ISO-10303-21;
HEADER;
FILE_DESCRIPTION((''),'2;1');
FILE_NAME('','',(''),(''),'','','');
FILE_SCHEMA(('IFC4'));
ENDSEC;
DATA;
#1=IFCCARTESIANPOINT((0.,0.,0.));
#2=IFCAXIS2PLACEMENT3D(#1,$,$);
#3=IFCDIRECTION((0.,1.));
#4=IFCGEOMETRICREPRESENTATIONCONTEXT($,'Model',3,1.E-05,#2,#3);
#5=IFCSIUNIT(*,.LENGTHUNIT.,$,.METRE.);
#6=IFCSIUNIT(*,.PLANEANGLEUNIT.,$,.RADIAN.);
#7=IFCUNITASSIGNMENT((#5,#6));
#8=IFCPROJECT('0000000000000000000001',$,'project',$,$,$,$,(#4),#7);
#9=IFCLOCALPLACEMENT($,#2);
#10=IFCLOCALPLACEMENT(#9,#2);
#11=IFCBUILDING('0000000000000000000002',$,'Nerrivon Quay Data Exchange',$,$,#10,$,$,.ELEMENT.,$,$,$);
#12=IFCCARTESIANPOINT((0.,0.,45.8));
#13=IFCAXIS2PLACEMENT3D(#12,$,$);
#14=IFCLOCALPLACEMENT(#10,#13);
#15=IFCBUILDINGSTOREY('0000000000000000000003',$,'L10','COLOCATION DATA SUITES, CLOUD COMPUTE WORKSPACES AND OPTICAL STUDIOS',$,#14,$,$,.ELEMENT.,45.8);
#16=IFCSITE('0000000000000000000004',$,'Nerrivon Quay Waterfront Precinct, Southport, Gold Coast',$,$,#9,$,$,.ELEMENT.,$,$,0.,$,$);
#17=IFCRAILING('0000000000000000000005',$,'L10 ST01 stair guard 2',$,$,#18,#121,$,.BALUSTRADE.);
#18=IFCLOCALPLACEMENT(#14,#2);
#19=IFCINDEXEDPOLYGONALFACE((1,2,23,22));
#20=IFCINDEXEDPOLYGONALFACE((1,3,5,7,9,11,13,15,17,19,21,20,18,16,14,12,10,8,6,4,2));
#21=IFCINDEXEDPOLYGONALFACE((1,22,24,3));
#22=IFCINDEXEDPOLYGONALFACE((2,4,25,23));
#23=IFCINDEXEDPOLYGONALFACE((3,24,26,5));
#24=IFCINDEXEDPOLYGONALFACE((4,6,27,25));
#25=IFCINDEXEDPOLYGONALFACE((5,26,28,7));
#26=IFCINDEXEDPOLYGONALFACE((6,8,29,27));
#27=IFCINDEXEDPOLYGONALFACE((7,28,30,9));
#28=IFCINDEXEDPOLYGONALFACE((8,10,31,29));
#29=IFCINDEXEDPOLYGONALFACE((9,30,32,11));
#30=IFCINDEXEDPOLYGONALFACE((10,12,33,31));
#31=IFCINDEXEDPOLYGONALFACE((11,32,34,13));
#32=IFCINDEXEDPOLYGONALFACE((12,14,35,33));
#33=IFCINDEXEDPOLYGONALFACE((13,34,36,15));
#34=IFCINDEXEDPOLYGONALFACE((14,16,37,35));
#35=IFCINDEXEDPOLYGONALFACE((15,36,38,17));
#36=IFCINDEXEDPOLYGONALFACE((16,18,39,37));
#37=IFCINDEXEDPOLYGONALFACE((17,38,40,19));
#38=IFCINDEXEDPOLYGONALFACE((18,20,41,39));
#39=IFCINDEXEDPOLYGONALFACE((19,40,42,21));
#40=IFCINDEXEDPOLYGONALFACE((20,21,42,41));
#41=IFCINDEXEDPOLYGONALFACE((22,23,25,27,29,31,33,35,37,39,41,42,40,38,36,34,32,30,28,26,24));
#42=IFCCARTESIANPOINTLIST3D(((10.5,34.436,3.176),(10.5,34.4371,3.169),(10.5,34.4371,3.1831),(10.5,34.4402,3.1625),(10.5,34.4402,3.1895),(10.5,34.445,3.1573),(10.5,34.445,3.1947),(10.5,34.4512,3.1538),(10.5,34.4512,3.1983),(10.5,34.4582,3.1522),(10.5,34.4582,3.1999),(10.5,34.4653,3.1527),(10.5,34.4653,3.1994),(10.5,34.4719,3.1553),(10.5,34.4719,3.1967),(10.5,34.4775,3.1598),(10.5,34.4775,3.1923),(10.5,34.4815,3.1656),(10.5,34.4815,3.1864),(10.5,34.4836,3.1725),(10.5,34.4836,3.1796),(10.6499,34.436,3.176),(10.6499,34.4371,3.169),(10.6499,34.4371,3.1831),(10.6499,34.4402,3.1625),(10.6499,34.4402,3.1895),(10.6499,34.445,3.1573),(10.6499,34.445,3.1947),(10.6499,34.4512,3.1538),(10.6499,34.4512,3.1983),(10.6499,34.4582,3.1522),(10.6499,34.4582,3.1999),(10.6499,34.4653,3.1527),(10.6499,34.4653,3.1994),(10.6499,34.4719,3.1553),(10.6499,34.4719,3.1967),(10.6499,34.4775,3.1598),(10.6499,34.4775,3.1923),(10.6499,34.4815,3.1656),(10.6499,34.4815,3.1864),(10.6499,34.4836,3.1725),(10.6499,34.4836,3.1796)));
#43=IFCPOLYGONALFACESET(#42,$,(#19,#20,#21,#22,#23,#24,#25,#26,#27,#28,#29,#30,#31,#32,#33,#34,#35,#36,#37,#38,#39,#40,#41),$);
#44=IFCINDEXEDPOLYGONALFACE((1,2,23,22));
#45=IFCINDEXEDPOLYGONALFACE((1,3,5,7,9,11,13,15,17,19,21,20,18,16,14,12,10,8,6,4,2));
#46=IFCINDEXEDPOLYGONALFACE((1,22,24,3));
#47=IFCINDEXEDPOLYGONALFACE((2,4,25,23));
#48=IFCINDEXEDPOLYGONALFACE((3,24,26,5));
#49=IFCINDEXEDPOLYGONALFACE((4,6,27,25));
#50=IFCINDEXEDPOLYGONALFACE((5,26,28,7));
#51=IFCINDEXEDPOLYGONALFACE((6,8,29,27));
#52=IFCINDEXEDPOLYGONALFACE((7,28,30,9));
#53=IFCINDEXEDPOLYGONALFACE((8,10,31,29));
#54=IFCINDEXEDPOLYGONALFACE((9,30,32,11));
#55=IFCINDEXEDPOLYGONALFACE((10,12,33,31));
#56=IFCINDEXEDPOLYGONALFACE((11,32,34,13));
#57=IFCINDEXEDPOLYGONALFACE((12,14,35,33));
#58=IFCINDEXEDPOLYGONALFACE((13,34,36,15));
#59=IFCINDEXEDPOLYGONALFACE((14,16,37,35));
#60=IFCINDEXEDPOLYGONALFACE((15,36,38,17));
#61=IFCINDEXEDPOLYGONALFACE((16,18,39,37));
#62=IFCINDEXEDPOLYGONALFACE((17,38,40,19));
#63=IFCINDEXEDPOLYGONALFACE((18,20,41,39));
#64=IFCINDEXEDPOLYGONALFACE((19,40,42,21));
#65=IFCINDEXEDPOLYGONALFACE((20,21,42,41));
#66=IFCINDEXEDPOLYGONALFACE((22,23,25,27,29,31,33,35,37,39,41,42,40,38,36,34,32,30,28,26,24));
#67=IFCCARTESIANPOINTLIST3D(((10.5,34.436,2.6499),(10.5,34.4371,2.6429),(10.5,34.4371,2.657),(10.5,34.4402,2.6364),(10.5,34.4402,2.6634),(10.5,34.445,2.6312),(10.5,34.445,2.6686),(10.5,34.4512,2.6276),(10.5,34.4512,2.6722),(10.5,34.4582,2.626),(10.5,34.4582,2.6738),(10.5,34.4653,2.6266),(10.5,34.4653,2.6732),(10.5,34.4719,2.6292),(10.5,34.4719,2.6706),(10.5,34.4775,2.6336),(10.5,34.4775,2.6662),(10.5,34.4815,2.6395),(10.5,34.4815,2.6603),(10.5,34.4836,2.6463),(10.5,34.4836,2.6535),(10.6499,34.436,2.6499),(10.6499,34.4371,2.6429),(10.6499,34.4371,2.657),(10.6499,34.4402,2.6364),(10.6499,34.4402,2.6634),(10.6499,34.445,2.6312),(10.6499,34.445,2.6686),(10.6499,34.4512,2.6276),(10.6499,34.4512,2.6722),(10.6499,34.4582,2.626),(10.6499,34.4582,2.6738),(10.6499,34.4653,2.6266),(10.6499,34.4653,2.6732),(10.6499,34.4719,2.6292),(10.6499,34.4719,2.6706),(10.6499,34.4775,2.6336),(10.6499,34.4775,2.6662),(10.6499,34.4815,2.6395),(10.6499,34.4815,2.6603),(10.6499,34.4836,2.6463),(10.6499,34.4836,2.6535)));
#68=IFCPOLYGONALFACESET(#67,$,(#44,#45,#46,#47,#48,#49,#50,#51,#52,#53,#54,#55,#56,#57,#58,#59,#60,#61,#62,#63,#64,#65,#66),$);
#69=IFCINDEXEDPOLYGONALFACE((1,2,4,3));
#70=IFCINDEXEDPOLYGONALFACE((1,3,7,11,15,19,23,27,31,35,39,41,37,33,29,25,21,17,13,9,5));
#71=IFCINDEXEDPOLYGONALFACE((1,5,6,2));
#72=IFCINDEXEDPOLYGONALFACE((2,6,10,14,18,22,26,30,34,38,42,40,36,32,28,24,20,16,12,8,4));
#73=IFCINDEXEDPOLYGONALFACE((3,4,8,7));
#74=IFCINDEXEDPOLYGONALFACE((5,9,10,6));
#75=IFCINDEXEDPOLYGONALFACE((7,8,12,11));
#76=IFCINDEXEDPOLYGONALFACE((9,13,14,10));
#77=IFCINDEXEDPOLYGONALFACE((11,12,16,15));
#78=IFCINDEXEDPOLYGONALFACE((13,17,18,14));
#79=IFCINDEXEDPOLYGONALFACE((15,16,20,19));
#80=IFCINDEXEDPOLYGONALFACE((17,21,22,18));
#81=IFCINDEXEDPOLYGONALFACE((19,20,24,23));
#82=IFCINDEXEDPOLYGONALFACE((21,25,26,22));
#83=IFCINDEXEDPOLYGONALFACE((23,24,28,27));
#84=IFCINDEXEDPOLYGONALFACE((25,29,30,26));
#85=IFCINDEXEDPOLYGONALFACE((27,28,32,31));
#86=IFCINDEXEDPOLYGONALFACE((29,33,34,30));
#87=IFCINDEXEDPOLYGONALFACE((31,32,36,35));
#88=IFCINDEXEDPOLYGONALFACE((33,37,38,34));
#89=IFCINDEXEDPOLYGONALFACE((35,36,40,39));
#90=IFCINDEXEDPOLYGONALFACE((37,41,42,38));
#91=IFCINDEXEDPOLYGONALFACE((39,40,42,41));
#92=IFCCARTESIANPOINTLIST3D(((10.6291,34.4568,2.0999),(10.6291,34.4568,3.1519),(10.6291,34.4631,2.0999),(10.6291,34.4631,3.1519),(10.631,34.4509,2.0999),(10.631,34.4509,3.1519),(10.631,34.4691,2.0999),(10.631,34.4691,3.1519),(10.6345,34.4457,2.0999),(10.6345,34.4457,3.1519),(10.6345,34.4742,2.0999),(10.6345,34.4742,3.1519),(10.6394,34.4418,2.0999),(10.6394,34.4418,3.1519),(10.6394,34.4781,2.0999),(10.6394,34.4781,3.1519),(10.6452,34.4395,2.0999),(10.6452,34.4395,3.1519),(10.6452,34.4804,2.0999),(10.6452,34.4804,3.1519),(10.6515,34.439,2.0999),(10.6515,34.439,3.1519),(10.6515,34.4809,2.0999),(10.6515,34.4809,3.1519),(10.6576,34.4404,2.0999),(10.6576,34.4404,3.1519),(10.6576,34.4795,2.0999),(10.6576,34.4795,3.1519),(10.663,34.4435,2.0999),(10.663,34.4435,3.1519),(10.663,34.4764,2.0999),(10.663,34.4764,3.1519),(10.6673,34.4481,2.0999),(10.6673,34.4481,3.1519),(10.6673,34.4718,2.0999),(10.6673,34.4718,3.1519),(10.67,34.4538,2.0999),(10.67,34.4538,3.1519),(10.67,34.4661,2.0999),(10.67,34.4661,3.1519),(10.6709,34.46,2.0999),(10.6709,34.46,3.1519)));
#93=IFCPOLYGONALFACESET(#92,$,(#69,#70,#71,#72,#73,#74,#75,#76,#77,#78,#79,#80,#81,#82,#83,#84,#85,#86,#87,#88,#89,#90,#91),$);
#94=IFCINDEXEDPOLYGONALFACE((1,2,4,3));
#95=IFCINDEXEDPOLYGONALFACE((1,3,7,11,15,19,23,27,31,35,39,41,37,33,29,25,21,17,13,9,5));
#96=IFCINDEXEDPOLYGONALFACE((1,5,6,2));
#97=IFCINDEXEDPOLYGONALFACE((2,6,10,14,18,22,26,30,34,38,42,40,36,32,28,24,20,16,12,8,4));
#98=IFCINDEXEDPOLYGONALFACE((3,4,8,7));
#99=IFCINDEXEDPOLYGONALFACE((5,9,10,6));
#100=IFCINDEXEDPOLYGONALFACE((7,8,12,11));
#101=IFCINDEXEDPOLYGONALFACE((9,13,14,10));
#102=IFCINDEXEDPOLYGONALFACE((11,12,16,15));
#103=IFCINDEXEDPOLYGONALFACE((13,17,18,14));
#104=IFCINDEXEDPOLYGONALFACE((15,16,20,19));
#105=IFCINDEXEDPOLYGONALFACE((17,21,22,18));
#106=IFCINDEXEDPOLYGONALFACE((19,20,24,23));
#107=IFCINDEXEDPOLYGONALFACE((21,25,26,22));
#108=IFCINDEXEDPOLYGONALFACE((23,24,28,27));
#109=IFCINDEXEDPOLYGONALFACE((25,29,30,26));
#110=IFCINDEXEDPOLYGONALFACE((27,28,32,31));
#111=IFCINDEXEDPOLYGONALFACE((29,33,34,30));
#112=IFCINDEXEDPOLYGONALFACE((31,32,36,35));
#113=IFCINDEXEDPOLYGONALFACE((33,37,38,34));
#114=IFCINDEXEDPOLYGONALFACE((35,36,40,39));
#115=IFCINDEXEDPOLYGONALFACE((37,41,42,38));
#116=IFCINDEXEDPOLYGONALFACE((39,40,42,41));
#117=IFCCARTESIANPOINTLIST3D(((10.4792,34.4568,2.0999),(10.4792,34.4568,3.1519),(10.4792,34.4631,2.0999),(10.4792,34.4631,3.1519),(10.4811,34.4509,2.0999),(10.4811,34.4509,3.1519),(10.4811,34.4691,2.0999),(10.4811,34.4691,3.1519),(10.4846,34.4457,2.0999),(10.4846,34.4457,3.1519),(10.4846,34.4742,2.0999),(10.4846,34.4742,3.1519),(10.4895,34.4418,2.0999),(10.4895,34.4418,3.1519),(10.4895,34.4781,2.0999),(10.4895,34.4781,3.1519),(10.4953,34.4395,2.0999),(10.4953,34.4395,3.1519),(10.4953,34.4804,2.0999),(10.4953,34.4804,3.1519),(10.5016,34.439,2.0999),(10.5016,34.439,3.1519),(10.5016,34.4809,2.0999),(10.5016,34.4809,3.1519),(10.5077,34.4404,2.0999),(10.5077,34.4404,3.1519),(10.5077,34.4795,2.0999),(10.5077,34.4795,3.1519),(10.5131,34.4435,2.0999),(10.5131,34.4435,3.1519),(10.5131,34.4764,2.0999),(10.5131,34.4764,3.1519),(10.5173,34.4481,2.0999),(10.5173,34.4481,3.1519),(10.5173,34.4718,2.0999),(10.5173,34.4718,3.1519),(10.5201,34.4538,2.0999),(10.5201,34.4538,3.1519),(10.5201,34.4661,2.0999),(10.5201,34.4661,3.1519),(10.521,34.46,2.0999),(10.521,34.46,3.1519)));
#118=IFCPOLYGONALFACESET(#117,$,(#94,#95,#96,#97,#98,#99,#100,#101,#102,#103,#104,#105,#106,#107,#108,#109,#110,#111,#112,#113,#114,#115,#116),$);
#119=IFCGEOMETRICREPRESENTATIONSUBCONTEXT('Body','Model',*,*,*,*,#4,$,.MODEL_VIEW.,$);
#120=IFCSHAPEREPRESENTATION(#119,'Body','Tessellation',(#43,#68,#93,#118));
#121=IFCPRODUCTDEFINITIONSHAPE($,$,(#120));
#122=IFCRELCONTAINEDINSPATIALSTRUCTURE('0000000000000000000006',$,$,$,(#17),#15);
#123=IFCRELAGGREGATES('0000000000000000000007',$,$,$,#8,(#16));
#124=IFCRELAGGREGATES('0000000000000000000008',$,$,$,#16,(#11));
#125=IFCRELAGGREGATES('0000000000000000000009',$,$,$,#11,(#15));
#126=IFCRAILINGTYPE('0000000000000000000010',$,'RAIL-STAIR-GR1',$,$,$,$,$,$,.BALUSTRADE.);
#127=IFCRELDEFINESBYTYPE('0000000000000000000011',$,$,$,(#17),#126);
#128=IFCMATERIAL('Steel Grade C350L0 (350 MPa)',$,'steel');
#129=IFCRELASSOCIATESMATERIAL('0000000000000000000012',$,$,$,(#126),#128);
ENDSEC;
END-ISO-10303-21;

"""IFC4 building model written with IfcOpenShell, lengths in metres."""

from ifc_helpers import new_model, si_unit, direction, frame, origin, origin_2d, place, context, subcontext, project, spatial, circle, extrude, material, type_object, element, save


model = new_model("IFC4")

# Units and contexts
model_context = context("Model", 3, precision=1e-05, world=origin(), true_north=direction((0.0, 1.0)))
body_context = subcontext(model_context, "Body", "Model", "MODEL_VIEW")
ifc_project = project(units=[si_unit("LENGTHUNIT", "METRE"), si_unit("PLANEANGLEUNIT", "RADIAN")], contexts=[model_context])

# Site, building, storey
site_placement = place(None, origin())
site = spatial("IfcSite", under=ifc_project, at=site_placement, Name="Nerrivon Quay Waterfront Precinct, Southport, Gold Coast", CompositionType="ELEMENT", RefElevation=0.0)
building_placement = place(site_placement, origin())
building = spatial("IfcBuilding", under=site, at=building_placement, Name="Nerrivon Quay Data Exchange", CompositionType="ELEMENT")
storey_placement = place(building_placement, frame((0.0, 0.0, 45.8)))
storey = spatial("IfcBuildingStorey", under=building, at=storey_placement, Name="L10", Description="COLOCATION DATA SUITES, CLOUD COMPUTE WORKSPACES AND OPTICAL STUDIOS", CompositionType="ELEMENT", Elevation=45.8)

# Railing
ifc_material_1 = material(Name="Steel Grade C350L0 (350 MPa)", Category="steel")
railing_type = type_object("IfcRailingType", Name="RAIL-STAIR-GR1", PredefinedType="BALUSTRADE", material=ifc_material_1)
railing_1_placement = place(storey_placement, frame((10.6499, 34.46, 2.0999)))
element("IfcRailing", 1, at=railing_1_placement, inside=storey, type_object=railing_type, Name="L10 ST01 stair guard 2", PredefinedType="BALUSTRADE", context=body_context, shape_type="SweptSolid", body=[
    extrude(circle(Radius=0.0239, at=origin_2d()), frame((0.0, 0.0, 1.0762), z_axis=(-1.0, 0.0, 0.0), x_axis=(0.0, -1.0, 0.0)), (0.0, 0.0, 1.0), 0.1499),
    extrude(circle(Radius=0.0239, at=origin_2d()), frame((0.0, 0.0, 0.55), z_axis=(-1.0, 0.0, 0.0), x_axis=(0.0, -1.0, 0.0)), (0.0, 0.0, 1.0), 0.1499),
    extrude(circle(Radius=0.021, at=origin_2d()), origin(), (0.0, 0.0, 1.0), 1.052),
    extrude(circle(Radius=0.021, at=origin_2d()), frame((-0.1499, 0.0, 0.0)), (0.0, 0.0, 1.0), 1.052),
])

save(model, "model.ifc")
